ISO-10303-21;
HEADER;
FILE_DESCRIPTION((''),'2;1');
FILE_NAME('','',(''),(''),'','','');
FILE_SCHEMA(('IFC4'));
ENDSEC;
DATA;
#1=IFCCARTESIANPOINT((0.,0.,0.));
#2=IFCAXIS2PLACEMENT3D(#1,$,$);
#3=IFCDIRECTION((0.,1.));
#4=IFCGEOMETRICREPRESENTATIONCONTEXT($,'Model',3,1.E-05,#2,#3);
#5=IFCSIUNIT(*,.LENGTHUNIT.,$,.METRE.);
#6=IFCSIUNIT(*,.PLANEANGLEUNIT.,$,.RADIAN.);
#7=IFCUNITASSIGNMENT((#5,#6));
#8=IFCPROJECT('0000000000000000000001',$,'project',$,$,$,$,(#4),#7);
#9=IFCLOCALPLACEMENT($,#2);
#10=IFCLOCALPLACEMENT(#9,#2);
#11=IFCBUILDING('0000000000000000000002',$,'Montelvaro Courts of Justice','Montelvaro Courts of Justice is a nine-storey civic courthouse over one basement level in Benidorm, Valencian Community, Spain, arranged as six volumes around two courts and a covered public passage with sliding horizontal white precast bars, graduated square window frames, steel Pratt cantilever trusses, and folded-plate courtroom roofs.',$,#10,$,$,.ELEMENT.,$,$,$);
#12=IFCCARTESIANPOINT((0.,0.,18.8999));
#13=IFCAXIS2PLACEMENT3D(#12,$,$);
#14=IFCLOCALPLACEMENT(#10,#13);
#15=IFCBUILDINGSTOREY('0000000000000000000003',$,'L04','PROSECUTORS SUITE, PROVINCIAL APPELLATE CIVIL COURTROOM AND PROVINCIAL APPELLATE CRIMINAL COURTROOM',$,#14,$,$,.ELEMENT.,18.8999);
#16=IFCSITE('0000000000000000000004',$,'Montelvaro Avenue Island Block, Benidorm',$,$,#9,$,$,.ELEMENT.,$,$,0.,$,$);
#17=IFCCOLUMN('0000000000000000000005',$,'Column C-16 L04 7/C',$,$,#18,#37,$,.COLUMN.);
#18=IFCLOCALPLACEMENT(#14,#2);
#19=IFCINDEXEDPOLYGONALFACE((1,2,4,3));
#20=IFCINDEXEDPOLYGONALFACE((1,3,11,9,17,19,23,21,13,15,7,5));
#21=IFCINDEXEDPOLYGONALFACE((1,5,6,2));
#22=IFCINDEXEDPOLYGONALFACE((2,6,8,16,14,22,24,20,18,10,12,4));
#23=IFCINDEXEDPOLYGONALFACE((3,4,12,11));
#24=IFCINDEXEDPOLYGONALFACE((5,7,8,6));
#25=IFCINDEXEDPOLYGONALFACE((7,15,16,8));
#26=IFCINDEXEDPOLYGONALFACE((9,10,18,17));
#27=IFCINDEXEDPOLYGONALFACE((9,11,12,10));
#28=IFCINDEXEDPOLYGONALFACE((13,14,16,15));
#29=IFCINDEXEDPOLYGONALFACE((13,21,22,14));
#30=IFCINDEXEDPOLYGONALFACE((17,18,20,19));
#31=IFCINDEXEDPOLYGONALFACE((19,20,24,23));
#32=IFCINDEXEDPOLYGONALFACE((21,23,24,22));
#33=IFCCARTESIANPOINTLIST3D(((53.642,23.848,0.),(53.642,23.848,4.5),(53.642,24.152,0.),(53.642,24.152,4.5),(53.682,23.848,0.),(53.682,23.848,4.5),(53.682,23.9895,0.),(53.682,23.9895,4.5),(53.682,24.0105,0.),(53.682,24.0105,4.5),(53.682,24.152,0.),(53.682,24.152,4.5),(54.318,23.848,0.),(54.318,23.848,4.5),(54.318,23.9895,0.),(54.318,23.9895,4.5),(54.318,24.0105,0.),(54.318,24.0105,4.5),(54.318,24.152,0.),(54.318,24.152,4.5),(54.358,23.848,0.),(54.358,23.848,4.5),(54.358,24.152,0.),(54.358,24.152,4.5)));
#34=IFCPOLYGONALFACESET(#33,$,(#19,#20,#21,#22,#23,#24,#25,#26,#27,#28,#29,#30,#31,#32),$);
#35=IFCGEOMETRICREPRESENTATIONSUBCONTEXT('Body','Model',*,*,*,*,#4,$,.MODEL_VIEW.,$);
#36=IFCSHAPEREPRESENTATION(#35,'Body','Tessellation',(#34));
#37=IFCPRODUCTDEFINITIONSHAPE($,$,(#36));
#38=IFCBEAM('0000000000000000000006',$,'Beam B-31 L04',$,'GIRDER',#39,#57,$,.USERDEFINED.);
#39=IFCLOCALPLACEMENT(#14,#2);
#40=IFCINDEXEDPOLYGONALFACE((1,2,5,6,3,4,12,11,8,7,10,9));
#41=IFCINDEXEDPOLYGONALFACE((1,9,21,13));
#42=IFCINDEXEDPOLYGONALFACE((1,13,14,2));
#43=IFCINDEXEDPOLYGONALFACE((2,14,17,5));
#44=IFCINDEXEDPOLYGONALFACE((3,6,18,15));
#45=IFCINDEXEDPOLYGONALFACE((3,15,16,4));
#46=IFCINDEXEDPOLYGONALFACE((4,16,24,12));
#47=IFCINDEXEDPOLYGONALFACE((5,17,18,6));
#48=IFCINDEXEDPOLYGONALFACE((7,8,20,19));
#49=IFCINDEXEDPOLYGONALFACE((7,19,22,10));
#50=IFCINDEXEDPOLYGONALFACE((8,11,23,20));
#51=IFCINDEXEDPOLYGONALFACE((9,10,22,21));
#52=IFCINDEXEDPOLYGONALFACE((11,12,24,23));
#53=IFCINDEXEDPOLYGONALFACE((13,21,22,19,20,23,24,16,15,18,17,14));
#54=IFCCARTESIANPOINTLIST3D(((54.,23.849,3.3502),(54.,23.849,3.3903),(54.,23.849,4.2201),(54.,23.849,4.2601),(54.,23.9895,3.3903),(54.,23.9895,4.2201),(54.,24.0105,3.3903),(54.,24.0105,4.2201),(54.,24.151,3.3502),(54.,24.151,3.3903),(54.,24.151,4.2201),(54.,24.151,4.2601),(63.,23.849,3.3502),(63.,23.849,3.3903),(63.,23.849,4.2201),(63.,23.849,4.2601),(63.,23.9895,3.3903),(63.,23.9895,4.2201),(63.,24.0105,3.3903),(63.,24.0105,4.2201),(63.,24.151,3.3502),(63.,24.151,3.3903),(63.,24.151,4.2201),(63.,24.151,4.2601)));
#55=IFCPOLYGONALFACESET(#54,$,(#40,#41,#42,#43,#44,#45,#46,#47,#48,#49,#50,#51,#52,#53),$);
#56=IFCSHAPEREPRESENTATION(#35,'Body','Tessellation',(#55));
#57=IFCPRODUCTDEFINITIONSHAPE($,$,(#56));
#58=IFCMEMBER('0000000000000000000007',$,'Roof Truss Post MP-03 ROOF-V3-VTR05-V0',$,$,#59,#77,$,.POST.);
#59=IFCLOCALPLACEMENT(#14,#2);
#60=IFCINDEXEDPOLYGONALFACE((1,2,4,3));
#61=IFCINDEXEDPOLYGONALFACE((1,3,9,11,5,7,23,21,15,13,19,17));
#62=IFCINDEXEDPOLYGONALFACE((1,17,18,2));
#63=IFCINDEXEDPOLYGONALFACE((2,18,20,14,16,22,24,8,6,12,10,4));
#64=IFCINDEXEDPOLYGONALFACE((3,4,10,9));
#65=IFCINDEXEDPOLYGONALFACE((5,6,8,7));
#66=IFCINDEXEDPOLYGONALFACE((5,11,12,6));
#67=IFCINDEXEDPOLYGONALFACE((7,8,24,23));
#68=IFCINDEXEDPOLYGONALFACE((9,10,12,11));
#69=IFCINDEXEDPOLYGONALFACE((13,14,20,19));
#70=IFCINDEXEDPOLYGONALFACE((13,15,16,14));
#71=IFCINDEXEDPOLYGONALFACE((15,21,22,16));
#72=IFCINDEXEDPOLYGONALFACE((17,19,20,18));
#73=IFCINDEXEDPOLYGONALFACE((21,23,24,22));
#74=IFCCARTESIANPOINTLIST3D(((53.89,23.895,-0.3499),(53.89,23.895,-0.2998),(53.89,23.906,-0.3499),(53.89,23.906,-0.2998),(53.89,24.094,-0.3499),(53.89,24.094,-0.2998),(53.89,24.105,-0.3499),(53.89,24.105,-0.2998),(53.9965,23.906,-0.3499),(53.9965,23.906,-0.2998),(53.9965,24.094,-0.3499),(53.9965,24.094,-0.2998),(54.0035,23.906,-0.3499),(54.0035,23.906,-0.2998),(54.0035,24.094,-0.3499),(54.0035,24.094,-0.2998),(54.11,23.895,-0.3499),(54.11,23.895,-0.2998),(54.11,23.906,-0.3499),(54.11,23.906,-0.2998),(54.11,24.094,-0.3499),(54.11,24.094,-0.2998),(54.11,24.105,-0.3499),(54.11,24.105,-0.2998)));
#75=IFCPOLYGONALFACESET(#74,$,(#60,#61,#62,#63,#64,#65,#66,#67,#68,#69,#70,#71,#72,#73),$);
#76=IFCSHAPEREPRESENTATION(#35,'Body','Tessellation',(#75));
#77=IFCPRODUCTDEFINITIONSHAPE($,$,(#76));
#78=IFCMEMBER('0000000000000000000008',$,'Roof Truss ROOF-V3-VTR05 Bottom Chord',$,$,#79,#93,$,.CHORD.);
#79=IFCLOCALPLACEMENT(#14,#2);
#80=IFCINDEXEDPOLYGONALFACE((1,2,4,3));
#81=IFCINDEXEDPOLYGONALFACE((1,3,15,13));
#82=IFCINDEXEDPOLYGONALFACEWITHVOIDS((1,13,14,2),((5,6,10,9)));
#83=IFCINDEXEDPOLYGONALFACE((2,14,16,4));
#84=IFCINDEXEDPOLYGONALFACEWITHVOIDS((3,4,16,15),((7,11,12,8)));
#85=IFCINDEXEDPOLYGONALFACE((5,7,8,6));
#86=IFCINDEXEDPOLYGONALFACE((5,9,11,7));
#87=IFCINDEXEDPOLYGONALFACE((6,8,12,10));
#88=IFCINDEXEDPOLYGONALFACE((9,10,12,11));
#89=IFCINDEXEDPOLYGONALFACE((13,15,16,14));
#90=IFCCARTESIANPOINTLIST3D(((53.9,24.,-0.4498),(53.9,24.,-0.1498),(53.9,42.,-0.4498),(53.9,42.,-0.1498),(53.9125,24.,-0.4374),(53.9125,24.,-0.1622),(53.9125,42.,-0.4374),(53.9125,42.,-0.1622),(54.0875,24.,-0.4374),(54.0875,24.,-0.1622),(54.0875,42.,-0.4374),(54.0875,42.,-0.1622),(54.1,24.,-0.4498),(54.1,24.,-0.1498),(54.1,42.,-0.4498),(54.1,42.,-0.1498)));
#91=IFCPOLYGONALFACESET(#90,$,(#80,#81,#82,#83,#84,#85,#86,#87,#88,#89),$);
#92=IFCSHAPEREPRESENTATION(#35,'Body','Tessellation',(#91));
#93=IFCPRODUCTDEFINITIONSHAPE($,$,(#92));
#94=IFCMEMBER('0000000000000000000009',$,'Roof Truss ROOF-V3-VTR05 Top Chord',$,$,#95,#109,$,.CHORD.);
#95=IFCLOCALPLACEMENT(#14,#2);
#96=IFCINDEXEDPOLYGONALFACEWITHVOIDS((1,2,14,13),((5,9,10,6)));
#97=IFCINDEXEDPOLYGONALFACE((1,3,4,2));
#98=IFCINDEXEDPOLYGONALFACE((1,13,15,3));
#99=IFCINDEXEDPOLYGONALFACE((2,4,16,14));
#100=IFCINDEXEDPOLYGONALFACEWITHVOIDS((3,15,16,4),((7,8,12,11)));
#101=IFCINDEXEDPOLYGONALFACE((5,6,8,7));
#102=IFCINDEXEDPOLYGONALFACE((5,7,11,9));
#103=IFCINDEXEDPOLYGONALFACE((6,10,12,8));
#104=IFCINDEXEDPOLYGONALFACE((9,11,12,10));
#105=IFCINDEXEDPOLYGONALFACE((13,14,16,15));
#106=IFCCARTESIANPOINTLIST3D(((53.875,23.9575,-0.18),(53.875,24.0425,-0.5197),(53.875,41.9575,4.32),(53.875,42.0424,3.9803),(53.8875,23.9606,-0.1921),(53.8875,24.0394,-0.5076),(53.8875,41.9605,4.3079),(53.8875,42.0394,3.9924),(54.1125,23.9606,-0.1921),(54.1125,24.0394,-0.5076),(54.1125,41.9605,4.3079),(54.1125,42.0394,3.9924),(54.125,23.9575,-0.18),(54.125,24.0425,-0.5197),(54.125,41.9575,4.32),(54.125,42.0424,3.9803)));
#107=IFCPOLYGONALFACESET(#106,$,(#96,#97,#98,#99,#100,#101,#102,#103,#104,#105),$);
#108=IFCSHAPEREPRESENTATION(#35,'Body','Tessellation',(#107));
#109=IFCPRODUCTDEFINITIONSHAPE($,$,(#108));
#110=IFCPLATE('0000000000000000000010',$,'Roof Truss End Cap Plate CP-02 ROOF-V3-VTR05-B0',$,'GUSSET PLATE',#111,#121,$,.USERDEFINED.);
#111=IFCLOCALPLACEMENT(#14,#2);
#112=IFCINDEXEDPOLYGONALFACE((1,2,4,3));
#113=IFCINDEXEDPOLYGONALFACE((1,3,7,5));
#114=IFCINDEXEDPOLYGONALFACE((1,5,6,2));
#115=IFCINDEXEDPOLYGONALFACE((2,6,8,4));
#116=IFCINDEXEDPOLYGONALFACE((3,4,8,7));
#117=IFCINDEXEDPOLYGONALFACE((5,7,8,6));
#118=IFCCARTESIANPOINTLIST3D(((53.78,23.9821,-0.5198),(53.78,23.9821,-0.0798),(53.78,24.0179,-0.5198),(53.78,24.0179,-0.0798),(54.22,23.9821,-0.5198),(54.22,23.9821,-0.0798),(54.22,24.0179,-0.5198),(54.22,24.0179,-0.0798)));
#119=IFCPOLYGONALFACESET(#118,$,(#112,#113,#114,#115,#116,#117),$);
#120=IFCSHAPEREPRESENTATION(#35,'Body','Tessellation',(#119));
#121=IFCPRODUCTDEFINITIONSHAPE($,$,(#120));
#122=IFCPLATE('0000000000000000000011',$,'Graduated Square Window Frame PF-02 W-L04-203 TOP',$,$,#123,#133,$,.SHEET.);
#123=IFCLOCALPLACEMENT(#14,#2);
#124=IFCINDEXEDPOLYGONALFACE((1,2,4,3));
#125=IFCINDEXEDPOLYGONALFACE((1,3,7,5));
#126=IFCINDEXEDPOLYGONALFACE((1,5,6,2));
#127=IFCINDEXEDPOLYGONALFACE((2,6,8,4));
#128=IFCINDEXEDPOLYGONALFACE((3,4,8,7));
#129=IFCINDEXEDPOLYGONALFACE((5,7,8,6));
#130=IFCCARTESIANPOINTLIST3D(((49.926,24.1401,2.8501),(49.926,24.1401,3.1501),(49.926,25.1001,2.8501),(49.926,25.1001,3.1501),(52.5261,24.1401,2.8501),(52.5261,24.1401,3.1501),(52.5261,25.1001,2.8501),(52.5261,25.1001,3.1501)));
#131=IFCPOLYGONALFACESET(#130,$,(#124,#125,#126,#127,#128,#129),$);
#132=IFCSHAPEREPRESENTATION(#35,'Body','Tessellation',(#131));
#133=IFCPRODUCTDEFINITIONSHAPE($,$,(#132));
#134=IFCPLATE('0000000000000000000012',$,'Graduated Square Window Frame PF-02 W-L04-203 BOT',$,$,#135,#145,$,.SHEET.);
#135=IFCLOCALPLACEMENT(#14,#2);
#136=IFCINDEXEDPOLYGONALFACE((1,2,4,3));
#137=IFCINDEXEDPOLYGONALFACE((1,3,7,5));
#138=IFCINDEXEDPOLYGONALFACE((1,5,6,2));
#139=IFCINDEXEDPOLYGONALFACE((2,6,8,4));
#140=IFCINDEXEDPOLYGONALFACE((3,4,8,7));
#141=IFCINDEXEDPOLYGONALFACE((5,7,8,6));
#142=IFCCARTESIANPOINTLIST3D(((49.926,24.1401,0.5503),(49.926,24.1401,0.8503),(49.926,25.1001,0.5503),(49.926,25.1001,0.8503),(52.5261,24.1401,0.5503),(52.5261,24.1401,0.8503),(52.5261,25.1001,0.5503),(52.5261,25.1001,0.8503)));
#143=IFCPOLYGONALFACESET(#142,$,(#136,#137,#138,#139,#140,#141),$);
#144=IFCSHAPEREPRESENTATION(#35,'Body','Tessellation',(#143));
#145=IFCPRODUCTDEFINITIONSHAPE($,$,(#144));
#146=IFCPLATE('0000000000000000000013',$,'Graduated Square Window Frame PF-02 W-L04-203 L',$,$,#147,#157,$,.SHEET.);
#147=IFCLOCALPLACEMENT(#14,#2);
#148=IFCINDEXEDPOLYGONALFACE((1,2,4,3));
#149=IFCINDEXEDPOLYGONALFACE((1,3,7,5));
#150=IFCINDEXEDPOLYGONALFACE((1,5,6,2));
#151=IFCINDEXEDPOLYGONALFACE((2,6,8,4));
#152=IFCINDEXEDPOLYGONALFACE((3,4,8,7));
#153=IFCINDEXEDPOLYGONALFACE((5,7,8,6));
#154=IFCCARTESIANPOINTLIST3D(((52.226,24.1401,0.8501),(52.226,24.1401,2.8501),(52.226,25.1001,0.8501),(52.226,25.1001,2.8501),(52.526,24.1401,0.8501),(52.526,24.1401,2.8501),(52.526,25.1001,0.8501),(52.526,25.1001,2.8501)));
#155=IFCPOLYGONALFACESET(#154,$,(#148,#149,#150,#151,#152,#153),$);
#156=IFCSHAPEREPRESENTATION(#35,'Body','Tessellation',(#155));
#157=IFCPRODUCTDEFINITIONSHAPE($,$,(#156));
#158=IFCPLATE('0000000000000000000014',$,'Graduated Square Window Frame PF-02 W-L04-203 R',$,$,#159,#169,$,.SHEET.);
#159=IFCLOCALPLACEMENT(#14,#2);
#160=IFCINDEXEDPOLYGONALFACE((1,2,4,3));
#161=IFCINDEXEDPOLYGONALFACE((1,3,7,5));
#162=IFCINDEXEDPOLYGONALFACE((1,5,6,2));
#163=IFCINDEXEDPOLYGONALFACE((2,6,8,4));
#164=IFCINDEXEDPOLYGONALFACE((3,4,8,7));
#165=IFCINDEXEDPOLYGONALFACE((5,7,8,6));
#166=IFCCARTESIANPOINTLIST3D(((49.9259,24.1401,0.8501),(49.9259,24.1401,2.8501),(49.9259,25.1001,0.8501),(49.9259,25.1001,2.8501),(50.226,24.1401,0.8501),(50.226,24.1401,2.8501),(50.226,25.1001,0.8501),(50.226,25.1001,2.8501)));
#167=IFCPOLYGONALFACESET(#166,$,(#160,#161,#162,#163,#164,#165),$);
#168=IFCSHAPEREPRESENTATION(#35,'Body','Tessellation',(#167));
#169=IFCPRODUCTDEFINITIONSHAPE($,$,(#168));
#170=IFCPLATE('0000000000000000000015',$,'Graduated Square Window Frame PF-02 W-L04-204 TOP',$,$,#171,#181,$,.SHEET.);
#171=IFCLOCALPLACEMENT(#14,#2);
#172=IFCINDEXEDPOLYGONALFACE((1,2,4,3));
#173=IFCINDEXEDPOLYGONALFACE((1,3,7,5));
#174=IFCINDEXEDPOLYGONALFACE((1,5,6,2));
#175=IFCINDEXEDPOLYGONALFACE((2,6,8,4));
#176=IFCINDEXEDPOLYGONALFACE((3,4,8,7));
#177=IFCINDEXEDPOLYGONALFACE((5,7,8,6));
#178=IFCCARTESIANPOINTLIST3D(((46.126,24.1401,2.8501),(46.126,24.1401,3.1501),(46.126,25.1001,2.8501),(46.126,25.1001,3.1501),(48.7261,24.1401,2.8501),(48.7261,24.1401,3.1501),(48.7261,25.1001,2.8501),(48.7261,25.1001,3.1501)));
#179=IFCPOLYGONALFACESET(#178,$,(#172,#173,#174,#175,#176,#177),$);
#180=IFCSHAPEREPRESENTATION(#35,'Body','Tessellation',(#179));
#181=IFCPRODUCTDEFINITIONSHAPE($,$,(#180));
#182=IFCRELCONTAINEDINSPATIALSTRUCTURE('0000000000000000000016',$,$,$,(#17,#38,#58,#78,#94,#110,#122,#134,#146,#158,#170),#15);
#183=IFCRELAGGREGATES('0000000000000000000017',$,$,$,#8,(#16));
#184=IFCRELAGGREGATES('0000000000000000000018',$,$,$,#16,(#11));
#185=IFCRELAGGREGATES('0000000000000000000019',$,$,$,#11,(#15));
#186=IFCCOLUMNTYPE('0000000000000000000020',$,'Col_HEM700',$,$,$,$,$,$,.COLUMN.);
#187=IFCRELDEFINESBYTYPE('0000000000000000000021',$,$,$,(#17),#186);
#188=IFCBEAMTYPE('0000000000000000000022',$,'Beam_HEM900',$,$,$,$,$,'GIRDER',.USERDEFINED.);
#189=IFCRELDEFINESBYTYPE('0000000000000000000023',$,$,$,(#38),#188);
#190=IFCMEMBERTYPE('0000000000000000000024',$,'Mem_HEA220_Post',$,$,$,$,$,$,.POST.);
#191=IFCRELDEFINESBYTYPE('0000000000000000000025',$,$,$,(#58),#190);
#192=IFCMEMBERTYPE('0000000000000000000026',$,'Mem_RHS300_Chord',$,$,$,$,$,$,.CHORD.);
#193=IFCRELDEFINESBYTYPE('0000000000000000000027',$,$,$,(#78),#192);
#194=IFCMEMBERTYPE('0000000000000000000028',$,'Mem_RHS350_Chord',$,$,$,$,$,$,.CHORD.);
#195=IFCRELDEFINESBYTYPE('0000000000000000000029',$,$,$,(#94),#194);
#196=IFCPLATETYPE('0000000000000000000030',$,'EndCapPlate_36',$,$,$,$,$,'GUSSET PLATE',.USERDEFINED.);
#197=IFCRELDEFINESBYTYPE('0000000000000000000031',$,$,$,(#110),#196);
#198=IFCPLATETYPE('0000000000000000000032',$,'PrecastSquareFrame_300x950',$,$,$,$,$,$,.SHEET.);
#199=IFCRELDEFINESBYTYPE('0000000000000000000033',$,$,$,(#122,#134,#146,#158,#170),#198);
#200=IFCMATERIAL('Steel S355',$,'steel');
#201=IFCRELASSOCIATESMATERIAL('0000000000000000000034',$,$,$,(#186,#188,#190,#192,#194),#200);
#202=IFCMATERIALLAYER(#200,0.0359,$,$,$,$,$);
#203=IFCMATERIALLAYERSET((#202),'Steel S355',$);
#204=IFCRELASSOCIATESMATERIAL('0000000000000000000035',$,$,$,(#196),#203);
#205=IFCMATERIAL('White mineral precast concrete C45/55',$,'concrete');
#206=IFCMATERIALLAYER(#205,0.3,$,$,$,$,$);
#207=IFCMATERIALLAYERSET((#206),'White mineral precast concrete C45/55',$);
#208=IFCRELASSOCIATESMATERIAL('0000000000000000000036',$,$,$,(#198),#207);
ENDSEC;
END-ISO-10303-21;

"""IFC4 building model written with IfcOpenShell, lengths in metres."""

from ifc_helpers import new_model, si_unit, direction, frame, origin, origin_2d, place, context, subcontext, project, spatial, rectangle, hollow_rectangle, i_section, extrude, material, layer, layer_set, material_profile, profile_set, type_object, element, save


model = new_model("IFC4")

# Units and contexts
model_context = context("Model", 3, precision=1e-05, world=origin(), true_north=direction((0.0, 1.0)))
body_context = subcontext(model_context, "Body", "Model", "MODEL_VIEW")
ifc_project = project(units=[si_unit("LENGTHUNIT", "METRE"), si_unit("PLANEANGLEUNIT", "RADIAN")], contexts=[model_context])

# Site, building, storey
site_placement = place(None, origin())
site = spatial("IfcSite", under=ifc_project, at=site_placement, Name="Montelvaro Avenue Island Block, Benidorm", CompositionType="ELEMENT", RefElevation=0.0)
building_placement = place(site_placement, origin())
building = spatial("IfcBuilding", under=site, at=building_placement, Name="Montelvaro Courts of Justice", Description="Montelvaro Courts of Justice is a nine-storey civic courthouse over one basement level in Benidorm, Valencian Community, Spain, arranged as six volumes around two courts and a covered public passage with sliding horizontal white precast bars, graduated square window frames, steel Pratt cantilever trusses, and folded-plate courtroom roofs.", CompositionType="ELEMENT")
storey_placement = place(building_placement, frame((0.0, 0.0, 18.8999)))
storey = spatial("IfcBuildingStorey", under=building, at=storey_placement, Name="L04", Description="PROSECUTORS SUITE, PROVINCIAL APPELLATE CIVIL COURTROOM AND PROVINCIAL APPELLATE CRIMINAL COURTROOM", CompositionType="ELEMENT", Elevation=18.8999)

# Column
ifc_material_1 = material(Name="Steel S355", Category="steel")
ifc_material_profile_1 = material_profile(ifc_material_1, i_section(OverallWidth=0.304, OverallDepth=0.7161, WebThickness=0.021, FlangeThickness=0.04, at=origin_2d()), Name="HEM 700")
ifc_profile_set_1 = profile_set([ifc_material_profile_1], Name="Steel S355")
column_type = type_object("IfcColumnType", Name="Col_HEM700", PredefinedType="COLUMN", material=ifc_profile_set_1)
column_placement = place(storey_placement, frame((54.0, 24.0, 0.0), z_axis=(0.0, 0.0, 1.0), x_axis=(0.0, 1.0, 0.0)))
element("IfcColumn", 1, at=column_placement, inside=storey, type_object=column_type, Name="Column C-16 L04 7/C", PredefinedType="COLUMN", context=body_context, shape_type="SweptSolid", body=[
    extrude(i_section(OverallWidth=0.304, OverallDepth=0.7161, WebThickness=0.021, FlangeThickness=0.04, at=origin_2d()), origin(), (0.0, 0.0, 1.0), 4.5),
])

# Beam
ifc_material_profile_2 = material_profile(ifc_material_1, i_section(OverallWidth=0.302, OverallDepth=0.9099, WebThickness=0.021, FlangeThickness=0.04, at=origin_2d()), Name="HEM 900")
ifc_profile_set_2 = profile_set([ifc_material_profile_2], Name="Steel S355")
beam_type = type_object("IfcBeamType", Name="Beam_HEM900", ElementType="GIRDER", PredefinedType="USERDEFINED", material=ifc_profile_set_2)
beam_placement = place(storey_placement, frame((54.0, 24.0, 3.8052), z_axis=(1.0, 0.0, 0.0), x_axis=(0.0, 1.0, 0.0)))
element("IfcBeam", 2, at=beam_placement, inside=storey, type_object=beam_type, Name="Beam B-31 L04", ObjectType="GIRDER", PredefinedType="USERDEFINED", context=body_context, shape_type="SweptSolid", body=[
    extrude(i_section(OverallWidth=0.302, OverallDepth=0.9099, WebThickness=0.021, FlangeThickness=0.04, at=origin_2d()), origin(), (0.0, 0.0, 1.0), 9.0),
])

# Members
ifc_material_profile_3 = material_profile(ifc_material_1, i_section(OverallWidth=0.22, OverallDepth=0.21, WebThickness=0.0071, FlangeThickness=0.011, at=origin_2d()), Name="HEA 220")
ifc_profile_set_3 = profile_set([ifc_material_profile_3], Name="Steel S355")
member_type_1 = type_object("IfcMemberType", Name="Mem_HEA220_Post", PredefinedType="POST", material=ifc_profile_set_3)
member_1_placement = place(storey_placement, frame((54.0, 24.0, -0.2998), z_axis=(0.0, 0.0, -1.0), x_axis=(1.0, 0.0, 0.0)))
element("IfcMember", 3, at=member_1_placement, inside=storey, type_object=member_type_1, Name="Roof Truss Post MP-03 ROOF-V3-VTR05-V0", PredefinedType="POST", context=body_context, shape_type="SweptSolid", body=[
    extrude(i_section(OverallWidth=0.22, OverallDepth=0.21, WebThickness=0.0071, FlangeThickness=0.011, at=origin_2d()), origin(), (0.0, 0.0, 1.0), 0.05),
])
ifc_material_profile_4 = material_profile(ifc_material_1, hollow_rectangle(XDim=0.2, YDim=0.3, WallThickness=0.0125, at=origin_2d()), Name="RHS 300x200x12.5")
ifc_profile_set_4 = profile_set([ifc_material_profile_4], Name="Steel S355")
member_type_2 = type_object("IfcMemberType", Name="Mem_RHS300_Chord", PredefinedType="CHORD", material=ifc_profile_set_4)
member_2_placement = place(storey_placement, frame((54.0, 24.0, -0.2998), z_axis=(0.0, 1.0, 0.0), x_axis=(-1.0, 0.0, 0.0)))
element("IfcMember", 4, at=member_2_placement, inside=storey, type_object=member_type_2, Name="Roof Truss ROOF-V3-VTR05 Bottom Chord", PredefinedType="CHORD", context=body_context, shape_type="SweptSolid", body=[
    extrude(hollow_rectangle(XDim=0.2, YDim=0.3, WallThickness=0.0125, at=origin_2d()), origin(), (0.0, 0.0, 1.0), 18.0),
])
ifc_material_profile_5 = material_profile(ifc_material_1, hollow_rectangle(XDim=0.25, YDim=0.3501, WallThickness=0.0125, at=origin_2d()), Name="RHS 350x250x12.5")
ifc_profile_set_5 = profile_set([ifc_material_profile_5], Name="Steel S355")
member_type_3 = type_object("IfcMemberType", Name="Mem_RHS350_Chord", PredefinedType="CHORD", material=ifc_profile_set_5)
member_3_placement = place(storey_placement, frame((54.0, 24.0, -0.3499), z_axis=(0.0, 0.970143, 0.242536), x_axis=(-1.0, 0.0, 0.0)))
element("IfcMember", 5, at=member_3_placement, inside=storey, type_object=member_type_3, Name="Roof Truss ROOF-V3-VTR05 Top Chord", PredefinedType="CHORD", context=body_context, shape_type="SweptSolid", body=[
    extrude(hollow_rectangle(XDim=0.25, YDim=0.3501, WallThickness=0.0125, at=origin_2d()), origin(), (0.0, 0.0, 1.0), 18.554),
])

# Plates
ifc_layer_1 = layer(ifc_material_1, 0.0359)
ifc_layer_set_1 = layer_set([ifc_layer_1], Name="Steel S355")
plate_type_1 = type_object("IfcPlateType", Name="EndCapPlate_36", ElementType="GUSSET PLATE", PredefinedType="USERDEFINED", material=ifc_layer_set_1)
plate_placement = place(storey_placement, frame((54.0, 24.0, -0.5198), z_axis=(0.0, 0.0, 1.0), x_axis=(1.0, 0.0, 0.0)))
element("IfcPlate", 6, at=plate_placement, inside=storey, type_object=plate_type_1, Name="Roof Truss End Cap Plate CP-02 ROOF-V3-VTR05-B0", ObjectType="GUSSET PLATE", PredefinedType="USERDEFINED", context=body_context, shape_type="SweptSolid", body=[
    extrude(rectangle(XDim=0.4399, YDim=0.0359, at=origin_2d()), origin(), (0.0, 0.0, 1.0), 0.4399),
])
ifc_material_2 = material(Name="White mineral precast concrete C45/55", Category="concrete")
ifc_layer_2 = layer(ifc_material_2, 0.3)
ifc_layer_set_2 = layer_set([ifc_layer_2], Name="White mineral precast concrete C45/55")
plate_type_2 = type_object("IfcPlateType", Name="PrecastSquareFrame_300x950", PredefinedType="SHEET", material=ifc_layer_set_2)
for number, where, z_axis, x_axis, name in (
    (7, (51.2261, 24.6201, 2.8501), (0.0, 0.0, 1.0), (-1.0, 0.0, 0.0), "Graduated Square Window Frame PF-02 W-L04-203 TOP"),
    (8, (51.2261, 24.6201, 0.5503), (0.0, 0.0, 1.0), (-1.0, 0.0, 0.0), "Graduated Square Window Frame PF-02 W-L04-203 BOT"),
):
    element("IfcPlate", number, at=place(storey_placement, frame(where, z_axis=z_axis, x_axis=x_axis)), inside=storey, type_object=plate_type_2, Name=name, PredefinedType="SHEET", context=body_context, shape_type="SweptSolid", body=[
        extrude(rectangle(XDim=2.6001, YDim=0.96, at=origin_2d()), origin(), (0.0, 0.0, 1.0), 0.3),
    ])
for number, where, z_axis, x_axis, name in (
    (9, (52.376, 24.6201, 0.8501), (0.0, 0.0, 1.0), (-1.0, 0.0, 0.0), "Graduated Square Window Frame PF-02 W-L04-203 L"),
    (10, (50.0759, 24.6201, 0.8501), (0.0, 0.0, 1.0), (-1.0, 0.0, 0.0), "Graduated Square Window Frame PF-02 W-L04-203 R"),
):
    element("IfcPlate", number, at=place(storey_placement, frame(where, z_axis=z_axis, x_axis=x_axis)), inside=storey, type_object=plate_type_2, Name=name, PredefinedType="SHEET", context=body_context, shape_type="SweptSolid", body=[
        extrude(rectangle(XDim=0.3, YDim=0.96, at=origin_2d()), origin(), (0.0, 0.0, 1.0), 2.0),
    ])
for number, where, z_axis, x_axis, name in (
    (11, (47.426, 24.6201, 2.8501), (0.0, 0.0, 1.0), (-1.0, 0.0, 0.0), "Graduated Square Window Frame PF-02 W-L04-204 TOP"),
):
    element("IfcPlate", number, at=place(storey_placement, frame(where, z_axis=z_axis, x_axis=x_axis)), inside=storey, type_object=plate_type_2, Name=name, PredefinedType="SHEET", context=body_context, shape_type="SweptSolid", body=[
        extrude(rectangle(XDim=2.6001, YDim=0.96, at=origin_2d()), origin(), (0.0, 0.0, 1.0), 0.3),
    ])

save(model, "model.ifc")
